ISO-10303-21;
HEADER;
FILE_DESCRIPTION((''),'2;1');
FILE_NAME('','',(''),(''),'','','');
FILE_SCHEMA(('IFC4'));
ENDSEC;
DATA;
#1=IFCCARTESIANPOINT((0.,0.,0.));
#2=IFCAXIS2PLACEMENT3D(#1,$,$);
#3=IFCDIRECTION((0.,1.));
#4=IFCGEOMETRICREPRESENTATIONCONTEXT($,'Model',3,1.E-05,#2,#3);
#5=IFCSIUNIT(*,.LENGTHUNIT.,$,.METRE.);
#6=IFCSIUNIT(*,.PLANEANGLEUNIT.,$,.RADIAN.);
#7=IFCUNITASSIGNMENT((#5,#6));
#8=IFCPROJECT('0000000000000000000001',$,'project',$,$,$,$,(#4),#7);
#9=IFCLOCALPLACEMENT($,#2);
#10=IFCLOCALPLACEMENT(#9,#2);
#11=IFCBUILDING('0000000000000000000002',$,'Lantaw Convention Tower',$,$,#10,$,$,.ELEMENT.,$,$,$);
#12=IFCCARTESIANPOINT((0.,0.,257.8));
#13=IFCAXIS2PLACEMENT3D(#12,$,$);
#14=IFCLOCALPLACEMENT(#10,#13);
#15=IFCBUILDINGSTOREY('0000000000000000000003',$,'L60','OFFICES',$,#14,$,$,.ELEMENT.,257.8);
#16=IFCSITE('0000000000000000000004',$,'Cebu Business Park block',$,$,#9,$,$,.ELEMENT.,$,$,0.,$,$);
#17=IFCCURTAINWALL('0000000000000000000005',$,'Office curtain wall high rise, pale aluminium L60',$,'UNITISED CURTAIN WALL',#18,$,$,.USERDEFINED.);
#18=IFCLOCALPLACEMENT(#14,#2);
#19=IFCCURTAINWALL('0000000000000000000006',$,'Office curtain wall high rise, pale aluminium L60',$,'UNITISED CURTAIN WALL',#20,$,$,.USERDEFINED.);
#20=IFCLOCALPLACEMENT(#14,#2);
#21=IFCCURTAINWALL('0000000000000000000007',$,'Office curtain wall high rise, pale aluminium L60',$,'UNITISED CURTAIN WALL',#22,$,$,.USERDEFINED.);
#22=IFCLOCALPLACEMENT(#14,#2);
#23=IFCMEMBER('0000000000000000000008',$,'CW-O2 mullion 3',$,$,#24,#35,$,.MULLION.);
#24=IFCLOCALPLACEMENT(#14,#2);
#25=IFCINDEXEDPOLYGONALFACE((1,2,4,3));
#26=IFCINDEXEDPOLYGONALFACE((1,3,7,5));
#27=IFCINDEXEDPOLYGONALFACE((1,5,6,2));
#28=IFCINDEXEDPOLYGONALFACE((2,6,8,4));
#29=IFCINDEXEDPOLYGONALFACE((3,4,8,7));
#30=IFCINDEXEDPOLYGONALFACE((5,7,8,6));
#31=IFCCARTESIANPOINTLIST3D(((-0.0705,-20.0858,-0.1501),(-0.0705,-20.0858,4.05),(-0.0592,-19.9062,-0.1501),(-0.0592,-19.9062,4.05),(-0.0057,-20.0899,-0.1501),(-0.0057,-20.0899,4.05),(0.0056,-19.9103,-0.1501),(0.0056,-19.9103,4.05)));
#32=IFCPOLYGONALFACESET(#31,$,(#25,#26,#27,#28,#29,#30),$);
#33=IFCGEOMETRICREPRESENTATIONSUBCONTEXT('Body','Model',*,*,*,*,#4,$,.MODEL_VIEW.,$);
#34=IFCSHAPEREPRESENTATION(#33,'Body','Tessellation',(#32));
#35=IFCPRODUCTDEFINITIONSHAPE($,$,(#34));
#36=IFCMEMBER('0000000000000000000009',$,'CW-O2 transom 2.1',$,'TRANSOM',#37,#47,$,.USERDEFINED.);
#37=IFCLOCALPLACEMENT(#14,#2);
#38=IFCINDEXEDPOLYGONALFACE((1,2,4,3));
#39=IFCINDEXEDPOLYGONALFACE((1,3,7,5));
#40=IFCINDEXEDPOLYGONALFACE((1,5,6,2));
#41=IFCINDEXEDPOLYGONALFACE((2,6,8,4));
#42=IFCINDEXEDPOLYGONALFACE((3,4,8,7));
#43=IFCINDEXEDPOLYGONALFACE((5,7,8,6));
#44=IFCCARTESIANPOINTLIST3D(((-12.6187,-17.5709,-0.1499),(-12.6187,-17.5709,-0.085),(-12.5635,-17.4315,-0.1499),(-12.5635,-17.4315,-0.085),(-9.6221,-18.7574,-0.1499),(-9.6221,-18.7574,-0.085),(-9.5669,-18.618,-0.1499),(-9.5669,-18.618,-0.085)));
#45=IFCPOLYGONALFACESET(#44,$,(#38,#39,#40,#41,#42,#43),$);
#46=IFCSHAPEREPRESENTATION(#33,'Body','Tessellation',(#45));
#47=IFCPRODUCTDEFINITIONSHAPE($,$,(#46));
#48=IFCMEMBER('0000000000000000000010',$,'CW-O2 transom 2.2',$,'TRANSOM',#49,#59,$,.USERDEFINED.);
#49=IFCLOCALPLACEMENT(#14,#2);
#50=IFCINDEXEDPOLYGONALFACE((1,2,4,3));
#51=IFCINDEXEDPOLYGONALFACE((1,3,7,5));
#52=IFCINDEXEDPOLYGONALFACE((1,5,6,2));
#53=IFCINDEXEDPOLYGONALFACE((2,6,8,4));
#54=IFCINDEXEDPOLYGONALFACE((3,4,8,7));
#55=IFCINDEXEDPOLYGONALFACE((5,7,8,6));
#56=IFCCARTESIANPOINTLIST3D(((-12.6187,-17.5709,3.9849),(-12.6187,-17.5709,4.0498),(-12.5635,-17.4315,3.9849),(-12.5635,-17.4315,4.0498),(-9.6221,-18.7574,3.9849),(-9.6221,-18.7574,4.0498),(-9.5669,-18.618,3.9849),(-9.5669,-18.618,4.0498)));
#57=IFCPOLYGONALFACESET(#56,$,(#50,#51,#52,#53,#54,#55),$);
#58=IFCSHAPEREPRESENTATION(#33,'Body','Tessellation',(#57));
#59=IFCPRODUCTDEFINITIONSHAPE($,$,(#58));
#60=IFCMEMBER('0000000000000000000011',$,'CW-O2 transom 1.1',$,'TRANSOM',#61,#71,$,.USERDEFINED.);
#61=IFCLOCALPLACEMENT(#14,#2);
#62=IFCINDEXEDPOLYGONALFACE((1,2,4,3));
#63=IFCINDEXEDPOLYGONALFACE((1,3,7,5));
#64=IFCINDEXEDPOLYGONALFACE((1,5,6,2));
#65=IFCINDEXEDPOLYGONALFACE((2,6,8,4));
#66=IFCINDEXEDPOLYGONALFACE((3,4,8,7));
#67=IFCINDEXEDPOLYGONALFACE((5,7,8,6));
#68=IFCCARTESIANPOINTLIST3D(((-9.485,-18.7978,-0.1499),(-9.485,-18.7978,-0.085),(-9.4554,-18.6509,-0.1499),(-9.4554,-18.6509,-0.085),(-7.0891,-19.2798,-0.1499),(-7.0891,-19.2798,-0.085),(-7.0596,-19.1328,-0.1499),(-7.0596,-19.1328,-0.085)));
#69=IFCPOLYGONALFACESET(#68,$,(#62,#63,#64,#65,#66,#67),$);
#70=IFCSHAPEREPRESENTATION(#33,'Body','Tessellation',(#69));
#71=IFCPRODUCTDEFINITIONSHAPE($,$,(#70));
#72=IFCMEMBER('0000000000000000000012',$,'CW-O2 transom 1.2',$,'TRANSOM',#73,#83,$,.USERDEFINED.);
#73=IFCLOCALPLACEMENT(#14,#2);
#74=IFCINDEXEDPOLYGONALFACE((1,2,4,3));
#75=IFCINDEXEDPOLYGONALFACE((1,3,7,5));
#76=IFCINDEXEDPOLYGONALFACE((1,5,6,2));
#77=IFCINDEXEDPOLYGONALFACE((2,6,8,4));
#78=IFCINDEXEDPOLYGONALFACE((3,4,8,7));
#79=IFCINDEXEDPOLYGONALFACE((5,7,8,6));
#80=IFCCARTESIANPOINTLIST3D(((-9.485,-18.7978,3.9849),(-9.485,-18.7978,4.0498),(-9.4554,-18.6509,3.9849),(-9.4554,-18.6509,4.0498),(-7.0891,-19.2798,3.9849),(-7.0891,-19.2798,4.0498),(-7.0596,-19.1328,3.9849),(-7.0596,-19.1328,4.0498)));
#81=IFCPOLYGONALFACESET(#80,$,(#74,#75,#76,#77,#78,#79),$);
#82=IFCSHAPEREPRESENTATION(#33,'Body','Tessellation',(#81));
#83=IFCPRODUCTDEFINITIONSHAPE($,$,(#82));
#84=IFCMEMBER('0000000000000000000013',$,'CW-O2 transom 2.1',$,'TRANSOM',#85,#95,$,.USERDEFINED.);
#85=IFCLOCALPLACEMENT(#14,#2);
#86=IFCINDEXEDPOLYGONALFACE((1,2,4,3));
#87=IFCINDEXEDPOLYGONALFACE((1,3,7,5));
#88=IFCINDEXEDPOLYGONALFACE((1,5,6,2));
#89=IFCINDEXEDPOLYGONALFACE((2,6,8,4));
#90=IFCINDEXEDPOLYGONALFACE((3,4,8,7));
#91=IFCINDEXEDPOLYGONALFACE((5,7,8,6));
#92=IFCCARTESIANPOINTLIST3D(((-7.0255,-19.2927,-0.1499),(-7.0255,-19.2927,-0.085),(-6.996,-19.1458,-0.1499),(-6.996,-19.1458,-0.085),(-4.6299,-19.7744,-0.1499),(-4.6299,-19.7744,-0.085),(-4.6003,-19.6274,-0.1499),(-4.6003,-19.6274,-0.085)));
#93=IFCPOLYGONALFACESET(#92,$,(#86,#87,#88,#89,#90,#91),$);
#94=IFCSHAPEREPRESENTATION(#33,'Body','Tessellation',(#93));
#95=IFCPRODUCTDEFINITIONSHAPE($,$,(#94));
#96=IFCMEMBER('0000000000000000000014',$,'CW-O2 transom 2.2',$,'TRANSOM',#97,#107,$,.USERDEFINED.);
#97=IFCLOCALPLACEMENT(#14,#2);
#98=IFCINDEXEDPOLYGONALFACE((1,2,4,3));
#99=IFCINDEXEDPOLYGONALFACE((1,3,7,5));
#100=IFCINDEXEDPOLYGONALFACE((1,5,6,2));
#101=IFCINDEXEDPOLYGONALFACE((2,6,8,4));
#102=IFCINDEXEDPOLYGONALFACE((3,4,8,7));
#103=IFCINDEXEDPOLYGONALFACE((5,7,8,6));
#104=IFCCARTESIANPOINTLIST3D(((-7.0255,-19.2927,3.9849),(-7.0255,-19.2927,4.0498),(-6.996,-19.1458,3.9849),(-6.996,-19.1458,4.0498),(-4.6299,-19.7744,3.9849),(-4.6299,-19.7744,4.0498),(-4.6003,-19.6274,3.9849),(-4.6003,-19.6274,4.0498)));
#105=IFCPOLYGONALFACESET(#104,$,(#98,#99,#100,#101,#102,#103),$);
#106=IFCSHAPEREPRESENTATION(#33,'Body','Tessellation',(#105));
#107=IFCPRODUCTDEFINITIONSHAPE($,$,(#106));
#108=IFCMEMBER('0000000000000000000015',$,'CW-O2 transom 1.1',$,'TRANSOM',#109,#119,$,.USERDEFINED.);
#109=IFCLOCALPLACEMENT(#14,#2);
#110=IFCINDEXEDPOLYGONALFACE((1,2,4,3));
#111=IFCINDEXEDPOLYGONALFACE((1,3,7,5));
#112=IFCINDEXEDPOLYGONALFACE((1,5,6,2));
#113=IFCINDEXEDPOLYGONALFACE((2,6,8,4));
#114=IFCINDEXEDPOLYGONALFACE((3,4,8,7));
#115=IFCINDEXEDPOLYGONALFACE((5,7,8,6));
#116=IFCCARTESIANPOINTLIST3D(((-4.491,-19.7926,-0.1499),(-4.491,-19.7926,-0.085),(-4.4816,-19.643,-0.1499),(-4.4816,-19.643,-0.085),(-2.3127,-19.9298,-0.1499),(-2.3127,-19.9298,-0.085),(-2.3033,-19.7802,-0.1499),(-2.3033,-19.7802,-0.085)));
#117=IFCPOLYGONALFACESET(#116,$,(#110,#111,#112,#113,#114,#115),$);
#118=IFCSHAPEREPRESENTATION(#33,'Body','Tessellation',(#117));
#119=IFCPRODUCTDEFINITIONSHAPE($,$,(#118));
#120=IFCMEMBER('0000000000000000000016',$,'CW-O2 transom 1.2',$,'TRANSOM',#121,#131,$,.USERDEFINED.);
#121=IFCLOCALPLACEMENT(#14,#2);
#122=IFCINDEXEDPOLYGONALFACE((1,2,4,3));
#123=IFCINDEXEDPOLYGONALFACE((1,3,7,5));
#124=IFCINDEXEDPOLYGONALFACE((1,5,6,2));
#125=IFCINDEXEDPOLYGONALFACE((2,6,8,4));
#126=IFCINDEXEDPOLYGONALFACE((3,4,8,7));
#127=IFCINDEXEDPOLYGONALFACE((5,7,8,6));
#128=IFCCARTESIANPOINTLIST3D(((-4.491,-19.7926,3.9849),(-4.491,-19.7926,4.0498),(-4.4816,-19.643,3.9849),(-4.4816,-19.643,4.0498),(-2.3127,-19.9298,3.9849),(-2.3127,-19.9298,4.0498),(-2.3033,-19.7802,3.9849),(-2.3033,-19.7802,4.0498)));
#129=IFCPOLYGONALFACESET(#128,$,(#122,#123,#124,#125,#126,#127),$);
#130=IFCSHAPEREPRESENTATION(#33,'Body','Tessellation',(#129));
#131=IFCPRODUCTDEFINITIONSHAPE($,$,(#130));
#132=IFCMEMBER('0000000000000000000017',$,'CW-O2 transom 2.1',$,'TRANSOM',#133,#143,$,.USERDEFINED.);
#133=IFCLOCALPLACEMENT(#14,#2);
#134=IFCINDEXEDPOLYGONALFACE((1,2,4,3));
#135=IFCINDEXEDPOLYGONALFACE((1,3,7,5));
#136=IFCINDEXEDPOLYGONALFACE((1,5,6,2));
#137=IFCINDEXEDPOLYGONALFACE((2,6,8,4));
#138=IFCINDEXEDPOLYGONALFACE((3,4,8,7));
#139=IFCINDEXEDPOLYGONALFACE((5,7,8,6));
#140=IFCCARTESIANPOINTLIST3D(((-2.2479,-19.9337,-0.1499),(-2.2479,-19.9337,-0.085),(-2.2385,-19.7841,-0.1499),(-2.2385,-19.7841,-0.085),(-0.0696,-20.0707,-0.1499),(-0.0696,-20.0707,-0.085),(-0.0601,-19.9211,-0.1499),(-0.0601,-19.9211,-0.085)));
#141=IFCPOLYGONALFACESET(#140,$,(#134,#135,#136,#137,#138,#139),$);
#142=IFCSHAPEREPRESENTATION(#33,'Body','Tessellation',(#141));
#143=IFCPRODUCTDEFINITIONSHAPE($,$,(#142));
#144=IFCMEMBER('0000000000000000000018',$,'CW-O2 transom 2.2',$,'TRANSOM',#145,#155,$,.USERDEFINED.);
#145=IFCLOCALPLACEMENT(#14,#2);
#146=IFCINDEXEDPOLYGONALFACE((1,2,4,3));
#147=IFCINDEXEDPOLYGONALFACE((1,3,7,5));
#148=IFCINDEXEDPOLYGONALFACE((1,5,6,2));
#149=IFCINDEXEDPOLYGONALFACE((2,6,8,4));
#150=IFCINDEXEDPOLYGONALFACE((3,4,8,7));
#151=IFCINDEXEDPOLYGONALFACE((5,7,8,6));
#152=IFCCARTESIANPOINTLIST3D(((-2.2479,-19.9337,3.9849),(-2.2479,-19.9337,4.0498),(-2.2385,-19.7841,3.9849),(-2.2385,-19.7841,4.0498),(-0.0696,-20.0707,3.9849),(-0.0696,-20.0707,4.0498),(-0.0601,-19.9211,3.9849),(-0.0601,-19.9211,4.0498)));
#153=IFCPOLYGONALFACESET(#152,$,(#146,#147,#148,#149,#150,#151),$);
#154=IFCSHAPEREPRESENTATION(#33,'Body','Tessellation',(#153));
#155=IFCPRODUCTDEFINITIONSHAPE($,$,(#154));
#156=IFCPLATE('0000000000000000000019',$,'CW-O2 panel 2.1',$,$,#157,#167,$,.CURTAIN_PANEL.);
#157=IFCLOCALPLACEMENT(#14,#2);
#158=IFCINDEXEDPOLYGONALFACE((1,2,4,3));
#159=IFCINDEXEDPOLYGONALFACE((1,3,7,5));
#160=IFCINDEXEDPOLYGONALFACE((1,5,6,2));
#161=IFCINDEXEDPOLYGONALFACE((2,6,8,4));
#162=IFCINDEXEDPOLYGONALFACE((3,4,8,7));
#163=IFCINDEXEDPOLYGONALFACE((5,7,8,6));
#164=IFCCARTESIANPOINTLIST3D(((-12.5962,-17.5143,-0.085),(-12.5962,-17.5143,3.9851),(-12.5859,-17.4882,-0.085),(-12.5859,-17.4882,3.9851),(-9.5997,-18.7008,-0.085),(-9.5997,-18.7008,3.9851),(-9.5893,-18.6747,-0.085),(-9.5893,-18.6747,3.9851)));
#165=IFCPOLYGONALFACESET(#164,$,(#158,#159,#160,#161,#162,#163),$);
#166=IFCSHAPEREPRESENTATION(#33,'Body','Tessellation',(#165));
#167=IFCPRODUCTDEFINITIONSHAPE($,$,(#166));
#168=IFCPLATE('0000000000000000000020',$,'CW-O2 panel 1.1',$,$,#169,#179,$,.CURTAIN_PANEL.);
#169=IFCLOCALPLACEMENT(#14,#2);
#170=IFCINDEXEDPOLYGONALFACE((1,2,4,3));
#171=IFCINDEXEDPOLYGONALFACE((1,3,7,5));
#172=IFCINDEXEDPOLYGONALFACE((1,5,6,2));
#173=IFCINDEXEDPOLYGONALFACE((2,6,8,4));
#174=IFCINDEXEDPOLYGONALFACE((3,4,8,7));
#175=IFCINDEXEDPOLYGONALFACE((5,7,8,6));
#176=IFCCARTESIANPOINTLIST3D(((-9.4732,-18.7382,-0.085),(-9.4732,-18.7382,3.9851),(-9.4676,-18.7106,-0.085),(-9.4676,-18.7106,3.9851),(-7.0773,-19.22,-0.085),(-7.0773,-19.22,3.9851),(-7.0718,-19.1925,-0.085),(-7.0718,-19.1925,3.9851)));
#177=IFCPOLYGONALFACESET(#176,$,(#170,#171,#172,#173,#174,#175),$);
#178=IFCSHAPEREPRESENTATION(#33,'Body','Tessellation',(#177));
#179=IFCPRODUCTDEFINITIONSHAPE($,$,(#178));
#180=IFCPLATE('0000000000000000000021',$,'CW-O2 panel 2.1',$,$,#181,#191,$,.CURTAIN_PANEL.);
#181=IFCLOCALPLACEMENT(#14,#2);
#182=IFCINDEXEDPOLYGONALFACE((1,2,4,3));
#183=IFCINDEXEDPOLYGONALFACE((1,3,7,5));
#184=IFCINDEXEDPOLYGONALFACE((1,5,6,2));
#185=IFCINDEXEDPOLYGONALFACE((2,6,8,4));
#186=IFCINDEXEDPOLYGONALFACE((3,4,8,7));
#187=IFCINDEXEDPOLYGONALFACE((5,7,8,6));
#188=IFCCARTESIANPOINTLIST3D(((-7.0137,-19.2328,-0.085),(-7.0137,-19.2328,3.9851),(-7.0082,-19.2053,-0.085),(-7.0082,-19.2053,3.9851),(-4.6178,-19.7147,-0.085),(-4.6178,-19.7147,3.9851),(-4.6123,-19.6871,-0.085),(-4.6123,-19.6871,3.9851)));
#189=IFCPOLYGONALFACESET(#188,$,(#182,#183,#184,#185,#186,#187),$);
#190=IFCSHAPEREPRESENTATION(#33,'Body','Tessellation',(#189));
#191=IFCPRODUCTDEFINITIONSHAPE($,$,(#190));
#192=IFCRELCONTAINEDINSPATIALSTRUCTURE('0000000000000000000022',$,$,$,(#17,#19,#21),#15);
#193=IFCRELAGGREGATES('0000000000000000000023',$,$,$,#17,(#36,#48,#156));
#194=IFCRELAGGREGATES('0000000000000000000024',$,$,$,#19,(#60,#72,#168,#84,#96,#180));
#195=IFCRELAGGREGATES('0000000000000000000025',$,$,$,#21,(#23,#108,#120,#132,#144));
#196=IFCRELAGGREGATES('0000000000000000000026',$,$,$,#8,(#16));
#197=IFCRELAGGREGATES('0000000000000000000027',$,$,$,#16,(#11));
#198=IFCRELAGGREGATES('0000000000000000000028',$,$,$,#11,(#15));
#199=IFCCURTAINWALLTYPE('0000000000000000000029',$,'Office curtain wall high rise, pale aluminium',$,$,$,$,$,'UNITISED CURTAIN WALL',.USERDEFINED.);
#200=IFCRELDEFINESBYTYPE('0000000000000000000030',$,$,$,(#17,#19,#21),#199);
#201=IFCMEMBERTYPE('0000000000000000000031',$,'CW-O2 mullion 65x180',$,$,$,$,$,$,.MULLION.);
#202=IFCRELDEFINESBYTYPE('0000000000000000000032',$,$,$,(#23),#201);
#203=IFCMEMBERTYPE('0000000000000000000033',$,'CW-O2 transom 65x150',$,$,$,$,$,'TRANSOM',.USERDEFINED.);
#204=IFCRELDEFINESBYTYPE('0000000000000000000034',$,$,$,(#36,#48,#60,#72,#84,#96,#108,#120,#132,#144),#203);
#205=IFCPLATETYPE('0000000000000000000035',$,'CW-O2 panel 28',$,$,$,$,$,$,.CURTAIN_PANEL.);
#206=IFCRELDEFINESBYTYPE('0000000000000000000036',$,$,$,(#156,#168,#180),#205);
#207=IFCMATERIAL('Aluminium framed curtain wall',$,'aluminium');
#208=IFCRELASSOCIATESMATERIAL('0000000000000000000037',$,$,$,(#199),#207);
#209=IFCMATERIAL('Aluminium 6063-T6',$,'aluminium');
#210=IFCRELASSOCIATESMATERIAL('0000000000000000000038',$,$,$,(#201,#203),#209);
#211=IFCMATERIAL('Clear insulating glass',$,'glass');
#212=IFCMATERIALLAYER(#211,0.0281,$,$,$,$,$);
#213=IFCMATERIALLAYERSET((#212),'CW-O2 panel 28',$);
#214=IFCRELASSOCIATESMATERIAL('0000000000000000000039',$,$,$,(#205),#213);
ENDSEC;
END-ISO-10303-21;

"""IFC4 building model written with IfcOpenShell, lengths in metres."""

from ifc_helpers import new_model, si_unit, direction, frame, origin, origin_2d, place, context, subcontext, project, spatial, rectangle, extrude, material, layer, layer_set, material_profile, profile_set, type_object, element, aggregate, save


model = new_model("IFC4")

# Units and contexts
model_context = context("Model", 3, precision=1e-05, world=origin(), true_north=direction((0.0, 1.0)))
body_context = subcontext(model_context, "Body", "Model", "MODEL_VIEW")
ifc_project = project(units=[si_unit("LENGTHUNIT", "METRE"), si_unit("PLANEANGLEUNIT", "RADIAN")], contexts=[model_context])

# Site, building, storey
site_placement = place(None, origin())
site = spatial("IfcSite", under=ifc_project, at=site_placement, Name="Cebu Business Park block", CompositionType="ELEMENT", RefElevation=0.0)
building_placement = place(site_placement, origin())
building = spatial("IfcBuilding", under=site, at=building_placement, Name="Lantaw Convention Tower", CompositionType="ELEMENT")
storey_placement = place(building_placement, frame((0.0, 0.0, 257.8)))
storey = spatial("IfcBuildingStorey", under=building, at=storey_placement, Name="L60", Description="OFFICES", CompositionType="ELEMENT", Elevation=257.8)

# Curtain walls, member
ifc_material_1 = material(Name="Aluminium framed curtain wall", Category="aluminium")
curtain_wall_type = type_object("IfcCurtainWallType", Name="Office curtain wall high rise, pale aluminium", ElementType="UNITISED CURTAIN WALL", PredefinedType="USERDEFINED", material=ifc_material_1)
curtain_wall_1_placement = place(storey_placement, origin())
curtain_wall_1 = element("IfcCurtainWall", 1, at=curtain_wall_1_placement, inside=storey, type_object=curtain_wall_type, Name="Office curtain wall high rise, pale aluminium L60", ObjectType="UNITISED CURTAIN WALL", PredefinedType="USERDEFINED")
ifc_material_2 = material(Name="Aluminium 6063-T6", Category="aluminium")
ifc_material_profile_1 = material_profile(ifc_material_2, rectangle(XDim=0.1799, YDim=0.0649, at=origin_2d()), Name="CW-O2 mullion 65x180")
ifc_profile_set_1 = profile_set([ifc_material_profile_1], Name="Aluminium 6063-T6")
member_type_1 = type_object("IfcMemberType", Name="CW-O2 mullion 65x180", PredefinedType="MULLION", material=ifc_profile_set_1)
curtain_wall_2_placement = place(storey_placement, origin())
curtain_wall_2 = element("IfcCurtainWall", 2, at=curtain_wall_2_placement, inside=storey, type_object=curtain_wall_type, Name="Office curtain wall high rise, pale aluminium L60", ObjectType="UNITISED CURTAIN WALL", PredefinedType="USERDEFINED")
curtain_wall_3_placement = place(storey_placement, origin())
curtain_wall_3 = element("IfcCurtainWall", 3, at=curtain_wall_3_placement, inside=storey, type_object=curtain_wall_type, Name="Office curtain wall high rise, pale aluminium L60", ObjectType="UNITISED CURTAIN WALL", PredefinedType="USERDEFINED")
member_1_placement = place(storey_placement, frame((-0.0325, -19.998, -0.1501), z_axis=(0.0, 0.0, 1.0), x_axis=(0.062758, 0.998029, 0.0)))
member_1 = element("IfcMember", 4, at=member_1_placement, type_object=member_type_1, Name="CW-O2 mullion 3", PredefinedType="MULLION", context=body_context, shape_type="SweptSolid", body=[
    extrude(rectangle(XDim=0.1799, YDim=0.0649, at=origin_2d()), origin(), (0.0, 0.0, 1.0), 4.2002),
])

# Members
ifc_material_profile_2 = material_profile(ifc_material_2, rectangle(XDim=0.1499, YDim=0.0649, at=origin_2d()), Name="CW-O2 transom 65x150")
ifc_profile_set_2 = profile_set([ifc_material_profile_2], Name="Aluminium 6063-T6")
member_type_2 = type_object("IfcMemberType", Name="CW-O2 transom 65x150", ElementType="TRANSOM", PredefinedType="USERDEFINED", material=ifc_profile_set_2)
member_2_placement = place(storey_placement, frame((-12.5911, -17.5012, -0.1174), z_axis=(0.929767, -0.368149, 0.0), x_axis=(0.368149, 0.929767, 0.0)))
member_2 = element("IfcMember", 5, at=member_2_placement, type_object=member_type_2, Name="CW-O2 transom 2.1", ObjectType="TRANSOM", PredefinedType="USERDEFINED", context=body_context, shape_type="SweptSolid", body=[
    extrude(rectangle(XDim=0.1499, YDim=0.0649, at=origin_2d()), origin(), (0.0, 0.0, 1.0), 3.2229),
])
member_3_placement = place(storey_placement, frame((-12.5911, -17.5012, 4.0173), z_axis=(0.929767, -0.368149, 0.0), x_axis=(0.368149, 0.929767, 0.0)))
member_3 = element("IfcMember", 6, at=member_3_placement, type_object=member_type_2, Name="CW-O2 transom 2.2", ObjectType="TRANSOM", PredefinedType="USERDEFINED", context=body_context, shape_type="SweptSolid", body=[
    extrude(rectangle(XDim=0.1499, YDim=0.0649, at=origin_2d()), origin(), (0.0, 0.0, 1.0), 3.2229),
])
member_4_placement = place(storey_placement, frame((-9.4702, -18.7244, -0.1174), z_axis=(0.980361, -0.197211, 0.0), x_axis=(0.197211, 0.980361, 0.0)))
member_4 = element("IfcMember", 7, at=member_4_placement, type_object=member_type_2, Name="CW-O2 transom 1.1", ObjectType="TRANSOM", PredefinedType="USERDEFINED", context=body_context, shape_type="SweptSolid", body=[
    extrude(rectangle(XDim=0.1499, YDim=0.0649, at=origin_2d()), origin(), (0.0, 0.0, 1.0), 2.4438),
])
member_5_placement = place(storey_placement, frame((-9.4702, -18.7244, 4.0173), z_axis=(0.980361, -0.197211, 0.0), x_axis=(0.197211, 0.980361, 0.0)))
member_5 = element("IfcMember", 8, at=member_5_placement, type_object=member_type_2, Name="CW-O2 transom 1.2", ObjectType="TRANSOM", PredefinedType="USERDEFINED", context=body_context, shape_type="SweptSolid", body=[
    extrude(rectangle(XDim=0.1499, YDim=0.0649, at=origin_2d()), origin(), (0.0, 0.0, 1.0), 2.4438),
])
member_6_placement = place(storey_placement, frame((-7.0107, -19.2192, -0.1174), z_axis=(0.98038, -0.197115, 0.0), x_axis=(0.197115, 0.98038, 0.0)))
member_6 = element("IfcMember", 9, at=member_6_placement, type_object=member_type_2, Name="CW-O2 transom 2.1", ObjectType="TRANSOM", PredefinedType="USERDEFINED", context=body_context, shape_type="SweptSolid", body=[
    extrude(rectangle(XDim=0.1499, YDim=0.0649, at=origin_2d()), origin(), (0.0, 0.0, 1.0), 2.4436),
])
member_7_placement = place(storey_placement, frame((-7.0107, -19.2192, 4.0173), z_axis=(0.98038, -0.197115, 0.0), x_axis=(0.197115, 0.98038, 0.0)))
member_7 = element("IfcMember", 10, at=member_7_placement, type_object=member_type_2, Name="CW-O2 transom 2.2", ObjectType="TRANSOM", PredefinedType="USERDEFINED", context=body_context, shape_type="SweptSolid", body=[
    extrude(rectangle(XDim=0.1499, YDim=0.0649, at=origin_2d()), origin(), (0.0, 0.0, 1.0), 2.4436),
])
member_8_placement = place(storey_placement, frame((-4.4863, -19.7178, -0.1174), z_axis=(0.998022, -0.062866, 0.0), x_axis=(0.062866, 0.998022, 0.0)))
member_8 = element("IfcMember", 11, at=member_8_placement, type_object=member_type_2, Name="CW-O2 transom 1.1", ObjectType="TRANSOM", PredefinedType="USERDEFINED", context=body_context, shape_type="SweptSolid", body=[
    extrude(rectangle(XDim=0.1499, YDim=0.0649, at=origin_2d()), origin(), (0.0, 0.0, 1.0), 2.1826),
])
member_9_placement = place(storey_placement, frame((-4.4863, -19.7178, 4.0173), z_axis=(0.998022, -0.062866, 0.0), x_axis=(0.062866, 0.998022, 0.0)))
member_9 = element("IfcMember", 12, at=member_9_placement, type_object=member_type_2, Name="CW-O2 transom 1.2", ObjectType="TRANSOM", PredefinedType="USERDEFINED", context=body_context, shape_type="SweptSolid", body=[
    extrude(rectangle(XDim=0.1499, YDim=0.0649, at=origin_2d()), origin(), (0.0, 0.0, 1.0), 2.1826),
])
member_10_placement = place(storey_placement, frame((-2.2432, -19.8589, -0.1174), z_axis=(0.998029, -0.062754, 0.0), x_axis=(0.062754, 0.998029, 0.0)))
member_10 = element("IfcMember", 13, at=member_10_placement, type_object=member_type_2, Name="CW-O2 transom 2.1", ObjectType="TRANSOM", PredefinedType="USERDEFINED", context=body_context, shape_type="SweptSolid", body=[
    extrude(rectangle(XDim=0.1499, YDim=0.0649, at=origin_2d()), origin(), (0.0, 0.0, 1.0), 2.1826),
])
member_11_placement = place(storey_placement, frame((-2.2432, -19.8589, 4.0173), z_axis=(0.998029, -0.062754, 0.0), x_axis=(0.062754, 0.998029, 0.0)))
member_11 = element("IfcMember", 14, at=member_11_placement, type_object=member_type_2, Name="CW-O2 transom 2.2", ObjectType="TRANSOM", PredefinedType="USERDEFINED", context=body_context, shape_type="SweptSolid", body=[
    extrude(rectangle(XDim=0.1499, YDim=0.0649, at=origin_2d()), origin(), (0.0, 0.0, 1.0), 2.1826),
])

# Plates
ifc_material_3 = material(Name="Clear insulating glass", Category="glass")
ifc_layer_1 = layer(ifc_material_3, 0.0281)
ifc_layer_set_1 = layer_set([ifc_layer_1], Name="CW-O2 panel 28")
plate_type_1 = type_object("IfcPlateType", Name="CW-O2 panel 28", PredefinedType="CURTAIN_PANEL", material=ifc_layer_set_1)
plate_1_placement = place(storey_placement, frame((-11.0928, -18.0945, -0.085), z_axis=(0.0, 0.0, 1.0), x_axis=(0.929762, -0.368162, 0.0)))
plate_1 = element("IfcPlate", 15, at=plate_1_placement, type_object=plate_type_1, Name="CW-O2 panel 2.1", PredefinedType="CURTAIN_PANEL", context=body_context, shape_type="SweptSolid", body=[
    extrude(rectangle(XDim=3.2229, YDim=0.0281, at=origin_2d()), origin(), (0.0, 0.0, 1.0), 4.0701),
])
aggregate(curtain_wall_1, [member_2, member_3, plate_1])
plate_2_placement = place(storey_placement, frame((-8.2725, -18.9653, -0.085), z_axis=(0.0, 0.0, 1.0), x_axis=(0.980367, -0.197183, 0.0)))
plate_2 = element("IfcPlate", 16, at=plate_2_placement, type_object=plate_type_1, Name="CW-O2 panel 1.1", PredefinedType="CURTAIN_PANEL", context=body_context, shape_type="SweptSolid", body=[
    extrude(rectangle(XDim=2.4438, YDim=0.0281, at=origin_2d()), origin(), (0.0, 0.0, 1.0), 4.0701),
])
plate_3_placement = place(storey_placement, frame((-5.813, -19.46, -0.085), z_axis=(0.0, 0.0, 1.0), x_axis=(0.980367, -0.197183, 0.0)))
plate_3 = element("IfcPlate", 17, at=plate_3_placement, type_object=plate_type_1, Name="CW-O2 panel 2.1", PredefinedType="CURTAIN_PANEL", context=body_context, shape_type="SweptSolid", body=[
    extrude(rectangle(XDim=2.4438, YDim=0.0281, at=origin_2d()), origin(), (0.0, 0.0, 1.0), 4.0701),
])
aggregate(curtain_wall_2, [member_4, member_5, plate_2, member_6, member_7, plate_3])
aggregate(curtain_wall_3, [member_1, member_8, member_9, member_10, member_11])

save(model, "model.ifc")
